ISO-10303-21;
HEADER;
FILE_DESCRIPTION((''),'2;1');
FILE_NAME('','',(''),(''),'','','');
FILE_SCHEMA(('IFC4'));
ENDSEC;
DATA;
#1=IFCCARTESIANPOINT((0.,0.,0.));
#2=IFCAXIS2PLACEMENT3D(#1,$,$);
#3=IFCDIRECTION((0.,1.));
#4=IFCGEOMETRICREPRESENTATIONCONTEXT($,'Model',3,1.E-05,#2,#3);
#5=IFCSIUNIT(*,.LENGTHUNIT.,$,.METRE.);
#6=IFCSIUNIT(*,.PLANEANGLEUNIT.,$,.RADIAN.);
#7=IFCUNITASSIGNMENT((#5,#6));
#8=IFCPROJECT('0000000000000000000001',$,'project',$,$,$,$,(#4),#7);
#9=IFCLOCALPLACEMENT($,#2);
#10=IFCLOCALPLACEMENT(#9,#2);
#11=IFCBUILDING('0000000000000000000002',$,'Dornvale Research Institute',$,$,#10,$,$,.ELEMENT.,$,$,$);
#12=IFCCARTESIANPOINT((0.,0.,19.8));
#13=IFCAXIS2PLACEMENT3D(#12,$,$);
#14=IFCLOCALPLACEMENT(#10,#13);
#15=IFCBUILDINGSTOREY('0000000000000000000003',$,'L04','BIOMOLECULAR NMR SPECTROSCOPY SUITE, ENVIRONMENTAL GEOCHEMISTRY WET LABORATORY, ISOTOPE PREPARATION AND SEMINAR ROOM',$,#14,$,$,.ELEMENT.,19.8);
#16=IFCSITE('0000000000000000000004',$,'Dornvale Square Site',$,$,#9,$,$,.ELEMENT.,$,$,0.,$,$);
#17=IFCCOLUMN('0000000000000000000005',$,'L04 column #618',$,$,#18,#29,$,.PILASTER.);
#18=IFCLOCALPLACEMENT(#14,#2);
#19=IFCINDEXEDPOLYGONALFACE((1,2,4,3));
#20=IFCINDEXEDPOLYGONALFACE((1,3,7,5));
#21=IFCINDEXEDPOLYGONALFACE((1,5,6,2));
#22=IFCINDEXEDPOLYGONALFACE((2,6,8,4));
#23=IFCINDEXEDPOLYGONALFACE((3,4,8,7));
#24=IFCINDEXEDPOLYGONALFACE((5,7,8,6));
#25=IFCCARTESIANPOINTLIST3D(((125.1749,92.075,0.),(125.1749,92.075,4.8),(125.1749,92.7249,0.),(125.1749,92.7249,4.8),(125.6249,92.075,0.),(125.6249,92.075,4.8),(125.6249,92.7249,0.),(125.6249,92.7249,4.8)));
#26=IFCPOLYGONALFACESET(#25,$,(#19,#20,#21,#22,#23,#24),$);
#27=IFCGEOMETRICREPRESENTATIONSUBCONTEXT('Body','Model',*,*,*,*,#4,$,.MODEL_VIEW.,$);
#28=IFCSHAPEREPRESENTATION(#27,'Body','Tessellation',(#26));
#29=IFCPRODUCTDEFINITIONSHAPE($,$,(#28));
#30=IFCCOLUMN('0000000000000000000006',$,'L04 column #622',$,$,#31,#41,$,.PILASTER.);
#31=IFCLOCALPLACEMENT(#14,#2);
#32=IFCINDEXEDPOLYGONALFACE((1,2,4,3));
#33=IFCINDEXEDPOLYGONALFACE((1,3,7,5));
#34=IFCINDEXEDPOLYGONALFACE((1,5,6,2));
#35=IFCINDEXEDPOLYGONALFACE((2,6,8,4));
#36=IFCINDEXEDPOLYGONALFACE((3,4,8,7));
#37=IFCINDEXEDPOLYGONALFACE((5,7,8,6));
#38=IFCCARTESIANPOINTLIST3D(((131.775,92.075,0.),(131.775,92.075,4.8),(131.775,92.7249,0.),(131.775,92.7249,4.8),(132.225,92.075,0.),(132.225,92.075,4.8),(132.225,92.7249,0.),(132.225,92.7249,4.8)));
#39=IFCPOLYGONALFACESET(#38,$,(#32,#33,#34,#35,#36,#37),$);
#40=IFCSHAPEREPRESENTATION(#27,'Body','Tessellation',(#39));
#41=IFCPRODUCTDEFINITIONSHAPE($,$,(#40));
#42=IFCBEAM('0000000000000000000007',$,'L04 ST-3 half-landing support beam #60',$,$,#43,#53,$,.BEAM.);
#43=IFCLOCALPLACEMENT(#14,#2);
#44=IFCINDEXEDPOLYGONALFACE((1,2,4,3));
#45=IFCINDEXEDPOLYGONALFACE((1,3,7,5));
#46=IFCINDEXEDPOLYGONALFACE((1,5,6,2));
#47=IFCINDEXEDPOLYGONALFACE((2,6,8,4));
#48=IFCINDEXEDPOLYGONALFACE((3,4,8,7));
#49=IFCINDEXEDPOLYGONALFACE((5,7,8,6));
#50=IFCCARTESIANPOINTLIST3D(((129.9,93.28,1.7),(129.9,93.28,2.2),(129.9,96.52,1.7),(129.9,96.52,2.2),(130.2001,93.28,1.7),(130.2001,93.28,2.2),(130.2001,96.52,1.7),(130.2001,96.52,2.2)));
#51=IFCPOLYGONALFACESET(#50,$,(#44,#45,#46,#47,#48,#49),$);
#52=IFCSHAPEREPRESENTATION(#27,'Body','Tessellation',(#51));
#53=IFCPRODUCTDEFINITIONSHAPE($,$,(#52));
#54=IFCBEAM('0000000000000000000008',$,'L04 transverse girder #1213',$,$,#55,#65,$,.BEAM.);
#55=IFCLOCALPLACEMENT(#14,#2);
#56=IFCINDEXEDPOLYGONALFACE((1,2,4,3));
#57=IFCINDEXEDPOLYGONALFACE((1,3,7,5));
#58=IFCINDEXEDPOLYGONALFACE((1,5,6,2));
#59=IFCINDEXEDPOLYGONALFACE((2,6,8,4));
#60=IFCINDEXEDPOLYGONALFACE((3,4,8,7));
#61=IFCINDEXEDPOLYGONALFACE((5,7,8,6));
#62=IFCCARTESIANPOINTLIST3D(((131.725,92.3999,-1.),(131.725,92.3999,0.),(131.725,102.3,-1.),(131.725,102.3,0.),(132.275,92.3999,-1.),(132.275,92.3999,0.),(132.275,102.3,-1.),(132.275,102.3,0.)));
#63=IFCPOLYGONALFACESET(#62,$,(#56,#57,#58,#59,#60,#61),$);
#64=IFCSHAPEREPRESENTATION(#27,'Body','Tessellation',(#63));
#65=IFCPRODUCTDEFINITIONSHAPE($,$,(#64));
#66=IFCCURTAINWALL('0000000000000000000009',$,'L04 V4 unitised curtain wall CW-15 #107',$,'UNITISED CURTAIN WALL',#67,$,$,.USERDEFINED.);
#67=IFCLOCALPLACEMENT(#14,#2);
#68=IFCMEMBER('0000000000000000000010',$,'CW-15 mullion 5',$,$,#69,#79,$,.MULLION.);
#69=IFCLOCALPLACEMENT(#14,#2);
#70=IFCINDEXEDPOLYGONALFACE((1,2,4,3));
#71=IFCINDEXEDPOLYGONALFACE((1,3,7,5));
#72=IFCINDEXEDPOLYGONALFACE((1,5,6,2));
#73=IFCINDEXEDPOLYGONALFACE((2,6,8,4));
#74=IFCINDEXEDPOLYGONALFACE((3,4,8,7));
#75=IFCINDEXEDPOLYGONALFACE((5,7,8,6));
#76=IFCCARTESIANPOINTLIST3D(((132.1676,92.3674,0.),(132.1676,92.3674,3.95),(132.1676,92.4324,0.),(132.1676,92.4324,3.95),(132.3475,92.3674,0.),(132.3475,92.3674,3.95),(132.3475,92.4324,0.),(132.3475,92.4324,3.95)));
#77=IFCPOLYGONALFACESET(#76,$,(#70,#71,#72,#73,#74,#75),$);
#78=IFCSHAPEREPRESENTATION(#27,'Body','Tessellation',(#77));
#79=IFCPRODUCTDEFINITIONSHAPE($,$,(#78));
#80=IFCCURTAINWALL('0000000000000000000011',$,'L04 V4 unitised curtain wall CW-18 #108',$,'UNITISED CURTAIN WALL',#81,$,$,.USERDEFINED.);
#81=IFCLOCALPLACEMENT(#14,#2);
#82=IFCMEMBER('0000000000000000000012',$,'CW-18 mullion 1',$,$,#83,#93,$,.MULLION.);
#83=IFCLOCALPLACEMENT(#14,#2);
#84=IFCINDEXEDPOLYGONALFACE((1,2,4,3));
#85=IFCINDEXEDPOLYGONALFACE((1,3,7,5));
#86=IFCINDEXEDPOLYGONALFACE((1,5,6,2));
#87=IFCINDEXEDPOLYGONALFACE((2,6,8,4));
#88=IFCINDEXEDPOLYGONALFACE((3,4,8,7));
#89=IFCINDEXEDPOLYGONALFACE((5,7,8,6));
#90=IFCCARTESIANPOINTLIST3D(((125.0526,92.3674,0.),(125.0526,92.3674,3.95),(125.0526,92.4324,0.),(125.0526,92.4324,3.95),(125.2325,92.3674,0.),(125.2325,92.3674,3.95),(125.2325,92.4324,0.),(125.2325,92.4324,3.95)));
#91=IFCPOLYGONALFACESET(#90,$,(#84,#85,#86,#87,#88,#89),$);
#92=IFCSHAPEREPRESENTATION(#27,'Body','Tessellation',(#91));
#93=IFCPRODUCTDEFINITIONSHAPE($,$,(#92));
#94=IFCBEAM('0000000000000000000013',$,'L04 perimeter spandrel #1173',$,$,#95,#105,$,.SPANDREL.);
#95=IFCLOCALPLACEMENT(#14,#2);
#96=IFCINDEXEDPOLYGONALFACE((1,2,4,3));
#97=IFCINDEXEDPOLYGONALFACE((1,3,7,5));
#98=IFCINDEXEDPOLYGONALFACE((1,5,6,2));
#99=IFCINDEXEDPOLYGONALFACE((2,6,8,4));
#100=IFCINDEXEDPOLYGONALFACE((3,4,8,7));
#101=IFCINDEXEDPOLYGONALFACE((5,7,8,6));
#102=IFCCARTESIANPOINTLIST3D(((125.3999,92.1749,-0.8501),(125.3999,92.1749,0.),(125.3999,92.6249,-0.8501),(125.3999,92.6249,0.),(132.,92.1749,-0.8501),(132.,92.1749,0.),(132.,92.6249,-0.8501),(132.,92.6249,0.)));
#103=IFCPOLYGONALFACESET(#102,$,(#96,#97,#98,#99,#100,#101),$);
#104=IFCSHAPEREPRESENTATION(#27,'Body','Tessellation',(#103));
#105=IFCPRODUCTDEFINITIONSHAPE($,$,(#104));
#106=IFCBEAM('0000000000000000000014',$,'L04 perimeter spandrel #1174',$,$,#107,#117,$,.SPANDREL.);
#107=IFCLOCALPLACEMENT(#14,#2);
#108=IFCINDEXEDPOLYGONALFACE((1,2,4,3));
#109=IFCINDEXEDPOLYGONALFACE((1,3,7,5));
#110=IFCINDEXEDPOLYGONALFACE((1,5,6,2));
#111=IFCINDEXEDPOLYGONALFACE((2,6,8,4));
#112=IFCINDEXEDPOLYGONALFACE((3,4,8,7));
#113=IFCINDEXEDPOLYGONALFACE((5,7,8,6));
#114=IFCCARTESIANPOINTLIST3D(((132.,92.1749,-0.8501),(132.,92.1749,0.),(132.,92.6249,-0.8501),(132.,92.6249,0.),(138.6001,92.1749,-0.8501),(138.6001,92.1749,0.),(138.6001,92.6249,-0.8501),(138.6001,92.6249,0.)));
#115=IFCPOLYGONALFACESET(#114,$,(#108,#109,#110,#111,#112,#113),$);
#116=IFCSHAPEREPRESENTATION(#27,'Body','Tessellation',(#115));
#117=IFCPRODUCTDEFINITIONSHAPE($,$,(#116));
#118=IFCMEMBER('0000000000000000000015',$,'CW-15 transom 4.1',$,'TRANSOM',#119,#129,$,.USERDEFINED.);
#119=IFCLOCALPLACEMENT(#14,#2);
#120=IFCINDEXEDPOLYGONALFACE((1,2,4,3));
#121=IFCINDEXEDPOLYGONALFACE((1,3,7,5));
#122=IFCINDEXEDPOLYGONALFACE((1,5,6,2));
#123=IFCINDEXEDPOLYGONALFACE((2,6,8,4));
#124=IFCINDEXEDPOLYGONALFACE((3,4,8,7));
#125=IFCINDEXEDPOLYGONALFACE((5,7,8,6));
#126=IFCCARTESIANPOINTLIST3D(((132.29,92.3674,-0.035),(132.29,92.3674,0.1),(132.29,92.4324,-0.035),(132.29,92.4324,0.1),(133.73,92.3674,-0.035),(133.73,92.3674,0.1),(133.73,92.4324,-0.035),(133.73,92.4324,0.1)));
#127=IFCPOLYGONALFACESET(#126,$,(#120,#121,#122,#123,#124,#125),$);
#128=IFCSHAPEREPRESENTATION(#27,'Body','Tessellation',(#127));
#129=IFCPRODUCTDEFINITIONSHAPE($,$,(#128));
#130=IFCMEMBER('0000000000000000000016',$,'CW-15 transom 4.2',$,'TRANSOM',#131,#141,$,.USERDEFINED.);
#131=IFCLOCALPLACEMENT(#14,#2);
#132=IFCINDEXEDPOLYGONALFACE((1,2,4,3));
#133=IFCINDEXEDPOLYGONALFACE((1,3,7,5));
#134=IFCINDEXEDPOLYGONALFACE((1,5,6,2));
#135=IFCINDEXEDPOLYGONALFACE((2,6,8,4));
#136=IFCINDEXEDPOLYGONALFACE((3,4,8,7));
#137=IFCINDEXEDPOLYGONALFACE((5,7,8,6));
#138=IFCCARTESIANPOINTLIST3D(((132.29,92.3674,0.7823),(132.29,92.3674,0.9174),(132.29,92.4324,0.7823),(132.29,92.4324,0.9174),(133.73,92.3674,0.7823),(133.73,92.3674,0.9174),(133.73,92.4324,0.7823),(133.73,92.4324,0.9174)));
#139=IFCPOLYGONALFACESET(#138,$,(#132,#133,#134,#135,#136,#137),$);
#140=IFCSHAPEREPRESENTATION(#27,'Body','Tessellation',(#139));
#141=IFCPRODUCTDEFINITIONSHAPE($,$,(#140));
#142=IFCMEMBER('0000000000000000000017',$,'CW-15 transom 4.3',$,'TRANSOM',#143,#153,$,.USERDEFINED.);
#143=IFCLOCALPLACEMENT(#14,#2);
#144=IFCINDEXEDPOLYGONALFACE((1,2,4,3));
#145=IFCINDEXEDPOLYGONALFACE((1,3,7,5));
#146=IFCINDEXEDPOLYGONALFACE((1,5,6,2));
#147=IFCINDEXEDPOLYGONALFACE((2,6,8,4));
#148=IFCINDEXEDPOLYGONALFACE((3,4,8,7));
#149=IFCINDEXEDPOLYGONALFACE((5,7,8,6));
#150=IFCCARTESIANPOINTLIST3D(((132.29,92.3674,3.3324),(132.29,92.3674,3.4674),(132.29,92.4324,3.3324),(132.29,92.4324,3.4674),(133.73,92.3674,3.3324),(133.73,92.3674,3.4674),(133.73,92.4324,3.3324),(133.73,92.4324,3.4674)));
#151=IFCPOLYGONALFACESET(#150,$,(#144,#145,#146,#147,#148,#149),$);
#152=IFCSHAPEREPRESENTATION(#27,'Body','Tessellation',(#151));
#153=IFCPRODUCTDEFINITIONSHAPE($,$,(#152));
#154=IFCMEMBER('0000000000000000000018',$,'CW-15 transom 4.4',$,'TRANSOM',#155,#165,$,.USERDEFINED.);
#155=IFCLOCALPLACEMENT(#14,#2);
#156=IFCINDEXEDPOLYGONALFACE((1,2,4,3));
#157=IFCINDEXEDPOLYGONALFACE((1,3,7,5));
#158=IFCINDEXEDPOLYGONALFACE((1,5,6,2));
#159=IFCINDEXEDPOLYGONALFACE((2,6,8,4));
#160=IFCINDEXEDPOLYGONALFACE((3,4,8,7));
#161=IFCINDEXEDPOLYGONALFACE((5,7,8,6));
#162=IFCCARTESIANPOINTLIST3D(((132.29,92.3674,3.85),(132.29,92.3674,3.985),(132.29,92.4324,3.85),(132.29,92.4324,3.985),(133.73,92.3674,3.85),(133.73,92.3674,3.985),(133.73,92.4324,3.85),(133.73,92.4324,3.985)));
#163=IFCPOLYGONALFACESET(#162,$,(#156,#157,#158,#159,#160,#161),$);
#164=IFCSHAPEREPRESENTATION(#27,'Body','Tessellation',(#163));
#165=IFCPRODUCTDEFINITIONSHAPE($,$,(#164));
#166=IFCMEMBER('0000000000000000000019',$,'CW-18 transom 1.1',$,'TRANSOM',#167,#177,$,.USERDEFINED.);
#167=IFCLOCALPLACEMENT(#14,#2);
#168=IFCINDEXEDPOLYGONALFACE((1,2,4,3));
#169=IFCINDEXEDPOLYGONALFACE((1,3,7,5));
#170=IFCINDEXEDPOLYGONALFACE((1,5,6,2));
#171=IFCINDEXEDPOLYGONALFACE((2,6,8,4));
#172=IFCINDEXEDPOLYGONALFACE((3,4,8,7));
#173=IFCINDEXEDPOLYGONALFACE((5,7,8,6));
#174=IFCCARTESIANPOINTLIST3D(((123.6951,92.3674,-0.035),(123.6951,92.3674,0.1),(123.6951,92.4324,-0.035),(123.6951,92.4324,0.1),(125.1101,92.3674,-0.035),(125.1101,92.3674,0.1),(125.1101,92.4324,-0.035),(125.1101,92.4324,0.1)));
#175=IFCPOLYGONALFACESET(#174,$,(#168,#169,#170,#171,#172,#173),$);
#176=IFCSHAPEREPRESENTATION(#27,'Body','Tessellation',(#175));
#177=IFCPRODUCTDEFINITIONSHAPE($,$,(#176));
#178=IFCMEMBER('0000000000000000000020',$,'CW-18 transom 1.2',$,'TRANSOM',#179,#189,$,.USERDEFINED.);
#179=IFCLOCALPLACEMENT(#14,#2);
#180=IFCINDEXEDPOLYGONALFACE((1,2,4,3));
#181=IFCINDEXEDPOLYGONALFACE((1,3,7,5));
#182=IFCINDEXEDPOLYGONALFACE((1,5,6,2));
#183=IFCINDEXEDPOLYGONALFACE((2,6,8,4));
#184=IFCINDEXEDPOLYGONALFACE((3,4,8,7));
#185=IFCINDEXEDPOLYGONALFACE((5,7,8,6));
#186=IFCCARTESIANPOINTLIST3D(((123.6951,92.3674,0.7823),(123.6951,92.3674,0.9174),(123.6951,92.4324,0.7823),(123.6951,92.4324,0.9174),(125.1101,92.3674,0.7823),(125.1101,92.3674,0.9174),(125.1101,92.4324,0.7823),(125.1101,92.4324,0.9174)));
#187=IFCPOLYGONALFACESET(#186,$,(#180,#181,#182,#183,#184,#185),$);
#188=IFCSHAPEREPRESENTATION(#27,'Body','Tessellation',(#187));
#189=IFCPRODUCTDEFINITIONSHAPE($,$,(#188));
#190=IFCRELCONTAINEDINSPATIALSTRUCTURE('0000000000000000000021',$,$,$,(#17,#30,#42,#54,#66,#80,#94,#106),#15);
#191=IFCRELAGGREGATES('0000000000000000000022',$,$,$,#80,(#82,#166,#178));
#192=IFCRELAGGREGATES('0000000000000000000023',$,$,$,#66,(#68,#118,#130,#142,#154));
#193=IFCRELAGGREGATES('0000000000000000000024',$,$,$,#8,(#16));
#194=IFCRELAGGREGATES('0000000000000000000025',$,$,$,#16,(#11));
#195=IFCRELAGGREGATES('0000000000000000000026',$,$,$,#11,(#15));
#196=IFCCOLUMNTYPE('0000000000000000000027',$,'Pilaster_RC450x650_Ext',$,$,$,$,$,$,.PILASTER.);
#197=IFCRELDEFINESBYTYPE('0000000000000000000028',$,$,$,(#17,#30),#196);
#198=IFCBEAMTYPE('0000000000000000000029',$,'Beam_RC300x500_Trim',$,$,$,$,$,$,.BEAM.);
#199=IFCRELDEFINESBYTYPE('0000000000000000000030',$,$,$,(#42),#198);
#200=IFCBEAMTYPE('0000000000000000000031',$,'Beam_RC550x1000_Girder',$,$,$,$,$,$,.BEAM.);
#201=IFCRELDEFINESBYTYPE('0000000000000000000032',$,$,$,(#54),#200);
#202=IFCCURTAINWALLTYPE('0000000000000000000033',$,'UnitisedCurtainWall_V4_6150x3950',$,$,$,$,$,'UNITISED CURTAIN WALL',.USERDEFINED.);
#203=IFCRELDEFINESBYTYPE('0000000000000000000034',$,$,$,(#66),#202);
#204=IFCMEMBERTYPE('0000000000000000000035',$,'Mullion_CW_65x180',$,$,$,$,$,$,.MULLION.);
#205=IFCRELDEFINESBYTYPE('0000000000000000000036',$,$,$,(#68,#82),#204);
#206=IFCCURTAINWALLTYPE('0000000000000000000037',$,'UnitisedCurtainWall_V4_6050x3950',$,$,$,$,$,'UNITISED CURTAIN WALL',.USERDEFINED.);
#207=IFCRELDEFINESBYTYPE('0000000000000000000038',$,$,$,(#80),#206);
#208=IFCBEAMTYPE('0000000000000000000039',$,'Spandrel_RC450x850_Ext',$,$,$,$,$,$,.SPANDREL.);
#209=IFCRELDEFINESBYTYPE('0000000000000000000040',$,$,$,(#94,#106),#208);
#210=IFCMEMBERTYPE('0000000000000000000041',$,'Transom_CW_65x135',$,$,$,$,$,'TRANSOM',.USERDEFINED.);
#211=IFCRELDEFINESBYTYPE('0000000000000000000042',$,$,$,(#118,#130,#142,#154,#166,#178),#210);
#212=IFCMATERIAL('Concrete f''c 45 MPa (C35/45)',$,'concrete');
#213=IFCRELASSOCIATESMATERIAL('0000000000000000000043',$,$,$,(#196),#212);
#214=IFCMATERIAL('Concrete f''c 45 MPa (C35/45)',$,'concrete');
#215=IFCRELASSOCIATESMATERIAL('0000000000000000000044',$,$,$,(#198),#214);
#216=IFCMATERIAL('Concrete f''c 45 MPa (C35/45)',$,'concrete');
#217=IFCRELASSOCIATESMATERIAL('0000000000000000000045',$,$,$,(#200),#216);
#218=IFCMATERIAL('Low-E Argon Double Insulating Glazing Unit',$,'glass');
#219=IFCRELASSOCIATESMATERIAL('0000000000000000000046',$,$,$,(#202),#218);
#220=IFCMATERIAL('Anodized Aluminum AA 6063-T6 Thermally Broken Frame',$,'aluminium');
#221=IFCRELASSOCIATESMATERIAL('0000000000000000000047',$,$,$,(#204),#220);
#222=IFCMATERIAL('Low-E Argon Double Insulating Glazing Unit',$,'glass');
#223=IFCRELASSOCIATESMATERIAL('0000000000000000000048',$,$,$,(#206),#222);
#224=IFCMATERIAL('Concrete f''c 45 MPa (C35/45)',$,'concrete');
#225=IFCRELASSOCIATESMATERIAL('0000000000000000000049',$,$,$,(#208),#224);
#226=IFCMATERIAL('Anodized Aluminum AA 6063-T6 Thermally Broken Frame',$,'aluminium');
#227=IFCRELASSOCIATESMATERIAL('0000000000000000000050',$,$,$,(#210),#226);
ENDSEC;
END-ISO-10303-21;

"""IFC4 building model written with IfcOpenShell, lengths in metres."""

from ifc_helpers import new_model, si_unit, direction, frame, origin, origin_2d, place, context, subcontext, project, spatial, rectangle, extrude, material, material_profile, profile_set, type_object, element, aggregate, save


model = new_model("IFC4")

# Units and contexts
model_context = context("Model", 3, precision=1e-05, world=origin(), true_north=direction((0.0, 1.0)))
body_context = subcontext(model_context, "Body", "Model", "MODEL_VIEW")
ifc_project = project(units=[si_unit("LENGTHUNIT", "METRE"), si_unit("PLANEANGLEUNIT", "RADIAN")], contexts=[model_context])

# Site, building, storey
site_placement = place(None, origin())
site = spatial("IfcSite", under=ifc_project, at=site_placement, Name="Dornvale Square Site", CompositionType="ELEMENT", RefElevation=0.0)
building_placement = place(site_placement, origin())
building = spatial("IfcBuilding", under=site, at=building_placement, Name="Dornvale Research Institute", CompositionType="ELEMENT")
storey_placement = place(building_placement, frame((0.0, 0.0, 19.8)))
storey = spatial("IfcBuildingStorey", under=building, at=storey_placement, Name="L04", Description="BIOMOLECULAR NMR SPECTROSCOPY SUITE, ENVIRONMENTAL GEOCHEMISTRY WET LABORATORY, ISOTOPE PREPARATION AND SEMINAR ROOM", CompositionType="ELEMENT", Elevation=19.8)

# Columns
ifc_material_1 = material(Name="Concrete f'c 45 MPa (C35/45)", Category="concrete")
ifc_material_profile_1 = material_profile(ifc_material_1, rectangle(XDim=0.45, YDim=0.6499, at=origin_2d()), Name="RC 450x650")
ifc_profile_set_1 = profile_set([ifc_material_profile_1], Name="Concrete f'c 45 MPa (C35/45)")
column_type = type_object("IfcColumnType", Name="Pilaster_RC450x650_Ext", PredefinedType="PILASTER", material=ifc_profile_set_1)
for number, where, z_axis, x_axis, name in (
    (1, (125.3999, 92.3999, 0.0), (0.0, 0.0, 1.0), (1.0, 0.0, 0.0), "L04 column #618"),
    (2, (132.0, 92.3999, 0.0), (0.0, 0.0, 1.0), (1.0, 0.0, 0.0), "L04 column #622"),
):
    element("IfcColumn", number, at=place(storey_placement, frame(where, z_axis=z_axis, x_axis=x_axis)), inside=storey, type_object=column_type, Name=name, PredefinedType="PILASTER", context=body_context, shape_type="SweptSolid", body=[
        extrude(rectangle(XDim=0.45, YDim=0.6499, at=origin_2d()), origin(), (0.0, 0.0, 1.0), 4.8),
    ])

# Beams
ifc_material_2 = material(Name="Concrete f'c 45 MPa (C35/45)", Category="concrete")
ifc_material_profile_2 = material_profile(ifc_material_2, rectangle(XDim=0.3, YDim=0.5, at=origin_2d()), Name="RC 300x500")
ifc_profile_set_2 = profile_set([ifc_material_profile_2], Name="Concrete f'c 45 MPa (C35/45)")
beam_type_1 = type_object("IfcBeamType", Name="Beam_RC300x500_Trim", PredefinedType="BEAM", material=ifc_profile_set_2)
beam_1_placement = place(storey_placement, frame((130.05, 93.28, 1.95), z_axis=(0.0, 1.0, 0.0), x_axis=(-1.0, 0.0, 0.0)))
element("IfcBeam", 3, at=beam_1_placement, inside=storey, type_object=beam_type_1, Name="L04 ST-3 half-landing support beam #60", PredefinedType="BEAM", context=body_context, shape_type="SweptSolid", body=[
    extrude(rectangle(XDim=0.3, YDim=0.5, at=origin_2d()), origin(), (0.0, 0.0, 1.0), 3.24),
])
ifc_material_3 = material(Name="Concrete f'c 45 MPa (C35/45)", Category="concrete")
ifc_material_profile_3 = material_profile(ifc_material_3, rectangle(XDim=0.55, YDim=1.0, at=origin_2d()), Name="RC 550x1000")
ifc_profile_set_3 = profile_set([ifc_material_profile_3], Name="Concrete f'c 45 MPa (C35/45)")
beam_type_2 = type_object("IfcBeamType", Name="Beam_RC550x1000_Girder", PredefinedType="BEAM", material=ifc_profile_set_3)
beam_2_placement = place(storey_placement, frame((132.0, 92.3999, -0.5), z_axis=(0.0, 1.0, 0.0), x_axis=(-1.0, 0.0, 0.0)))
element("IfcBeam", 4, at=beam_2_placement, inside=storey, type_object=beam_type_2, Name="L04 transverse girder #1213", PredefinedType="BEAM", context=body_context, shape_type="SweptSolid", body=[
    extrude(rectangle(XDim=0.55, YDim=1.0, at=origin_2d()), origin(), (0.0, 0.0, 1.0), 9.9001),
])

# Curtain walls, members
ifc_material_4 = material(Name="Low-E Argon Double Insulating Glazing Unit", Category="glass")
curtain_wall_type_1 = type_object("IfcCurtainWallType", Name="UnitisedCurtainWall_V4_6150x3950", ElementType="UNITISED CURTAIN WALL", PredefinedType="USERDEFINED", material=ifc_material_4)
curtain_wall_1_placement = place(storey_placement, origin())
curtain_wall_1 = element("IfcCurtainWall", 5, at=curtain_wall_1_placement, inside=storey, type_object=curtain_wall_type_1, Name="L04 V4 unitised curtain wall CW-15 #107", ObjectType="UNITISED CURTAIN WALL", PredefinedType="USERDEFINED")
ifc_material_5 = material(Name="Anodized Aluminum AA 6063-T6 Thermally Broken Frame", Category="aluminium")
ifc_material_profile_4 = material_profile(ifc_material_5, rectangle(XDim=0.0649, YDim=0.1799, at=origin_2d()), Name="ALU MULLION 65x180")
ifc_profile_set_4 = profile_set([ifc_material_profile_4], Name="Anodized Aluminum AA 6063-T6 Thermally Broken Frame")
member_type_1 = type_object("IfcMemberType", Name="Mullion_CW_65x180", PredefinedType="MULLION", material=ifc_profile_set_4)
member_1_placement = place(storey_placement, frame((132.2576, 92.3999, 0.0), z_axis=(0.0, 0.0, 1.0), x_axis=(0.0, -1.0, 0.0)))
member_1 = element("IfcMember", 6, at=member_1_placement, type_object=member_type_1, Name="CW-15 mullion 5", PredefinedType="MULLION", context=body_context, shape_type="SweptSolid", body=[
    extrude(rectangle(XDim=0.0649, YDim=0.1799, at=origin_2d()), origin(), (0.0, 0.0, 1.0), 3.95),
])
ifc_material_6 = material(Name="Low-E Argon Double Insulating Glazing Unit", Category="glass")
curtain_wall_type_2 = type_object("IfcCurtainWallType", Name="UnitisedCurtainWall_V4_6050x3950", ElementType="UNITISED CURTAIN WALL", PredefinedType="USERDEFINED", material=ifc_material_6)
curtain_wall_2_placement = place(storey_placement, origin())
curtain_wall_2 = element("IfcCurtainWall", 7, at=curtain_wall_2_placement, inside=storey, type_object=curtain_wall_type_2, Name="L04 V4 unitised curtain wall CW-18 #108", ObjectType="UNITISED CURTAIN WALL", PredefinedType="USERDEFINED")
member_2_placement = place(storey_placement, frame((125.1426, 92.3999, 0.0), z_axis=(0.0, 0.0, 1.0), x_axis=(0.0, -1.0, 0.0)))
member_2 = element("IfcMember", 8, at=member_2_placement, type_object=member_type_1, Name="CW-18 mullion 1", PredefinedType="MULLION", context=body_context, shape_type="SweptSolid", body=[
    extrude(rectangle(XDim=0.0649, YDim=0.1799, at=origin_2d()), origin(), (0.0, 0.0, 1.0), 3.95),
])

# Beams
ifc_material_7 = material(Name="Concrete f'c 45 MPa (C35/45)", Category="concrete")
ifc_material_profile_5 = material_profile(ifc_material_7, rectangle(XDim=0.45, YDim=0.8501, at=origin_2d()), Name="RC 450x850")
ifc_profile_set_5 = profile_set([ifc_material_profile_5], Name="Concrete f'c 45 MPa (C35/45)")
beam_type_3 = type_object("IfcBeamType", Name="Spandrel_RC450x850_Ext", PredefinedType="SPANDREL", material=ifc_profile_set_5)
for number, where, z_axis, x_axis, name in (
    (9, (125.3999, 92.3999, -0.425), (1.0, 0.0, 0.0), (0.0, 1.0, 0.0), "L04 perimeter spandrel #1173"),
    (10, (132.0, 92.3999, -0.425), (1.0, 0.0, 0.0), (0.0, 1.0, 0.0), "L04 perimeter spandrel #1174"),
):
    element("IfcBeam", number, at=place(storey_placement, frame(where, z_axis=z_axis, x_axis=x_axis)), inside=storey, type_object=beam_type_3, Name=name, PredefinedType="SPANDREL", context=body_context, shape_type="SweptSolid", body=[
        extrude(rectangle(XDim=0.45, YDim=0.8501, at=origin_2d()), origin(), (0.0, 0.0, 1.0), 6.6001),
    ])

# Members
ifc_material_8 = material(Name="Anodized Aluminum AA 6063-T6 Thermally Broken Frame", Category="aluminium")
ifc_material_profile_6 = material_profile(ifc_material_8, rectangle(XDim=0.0649, YDim=0.135, at=origin_2d()), Name="ALU TRANSOM 65x135")
ifc_profile_set_6 = profile_set([ifc_material_profile_6], Name="Anodized Aluminum AA 6063-T6 Thermally Broken Frame")
member_type_2 = type_object("IfcMemberType", Name="Transom_CW_65x135", ElementType="TRANSOM", PredefinedType="USERDEFINED", material=ifc_profile_set_6)
member_3_placement = place(storey_placement, frame((133.73, 92.3999, 0.0325), z_axis=(-1.0, 0.0, 0.0), x_axis=(0.0, -1.0, 0.0)))
member_3 = element("IfcMember", 11, at=member_3_placement, type_object=member_type_2, Name="CW-15 transom 4.1", ObjectType="TRANSOM", PredefinedType="USERDEFINED", context=body_context, shape_type="SweptSolid", body=[
    extrude(rectangle(XDim=0.0649, YDim=0.135, at=origin_2d()), origin(), (0.0, 0.0, 1.0), 1.4399),
])
member_4_placement = place(storey_placement, frame((133.73, 92.3999, 0.8499), z_axis=(-1.0, 0.0, 0.0), x_axis=(0.0, -1.0, 0.0)))
member_4 = element("IfcMember", 12, at=member_4_placement, type_object=member_type_2, Name="CW-15 transom 4.2", ObjectType="TRANSOM", PredefinedType="USERDEFINED", context=body_context, shape_type="SweptSolid", body=[
    extrude(rectangle(XDim=0.0649, YDim=0.135, at=origin_2d()), origin(), (0.0, 0.0, 1.0), 1.4399),
])
member_5_placement = place(storey_placement, frame((133.73, 92.3999, 3.3999), z_axis=(-1.0, 0.0, 0.0), x_axis=(0.0, -1.0, 0.0)))
member_5 = element("IfcMember", 13, at=member_5_placement, type_object=member_type_2, Name="CW-15 transom 4.3", ObjectType="TRANSOM", PredefinedType="USERDEFINED", context=body_context, shape_type="SweptSolid", body=[
    extrude(rectangle(XDim=0.0649, YDim=0.135, at=origin_2d()), origin(), (0.0, 0.0, 1.0), 1.4399),
])
member_6_placement = place(storey_placement, frame((133.73, 92.3999, 3.9175), z_axis=(-1.0, 0.0, 0.0), x_axis=(0.0, -1.0, 0.0)))
member_6 = element("IfcMember", 14, at=member_6_placement, type_object=member_type_2, Name="CW-15 transom 4.4", ObjectType="TRANSOM", PredefinedType="USERDEFINED", context=body_context, shape_type="SweptSolid", body=[
    extrude(rectangle(XDim=0.0649, YDim=0.135, at=origin_2d()), origin(), (0.0, 0.0, 1.0), 1.4399),
])
member_7_placement = place(storey_placement, frame((125.1101, 92.3999, 0.0325), z_axis=(-1.0, 0.0, 0.0), x_axis=(0.0, -1.0, 0.0)))
member_7 = element("IfcMember", 15, at=member_7_placement, type_object=member_type_2, Name="CW-18 transom 1.1", ObjectType="TRANSOM", PredefinedType="USERDEFINED", context=body_context, shape_type="SweptSolid", body=[
    extrude(rectangle(XDim=0.0649, YDim=0.135, at=origin_2d()), origin(), (0.0, 0.0, 1.0), 1.415),
])
member_8_placement = place(storey_placement, frame((125.1101, 92.3999, 0.8499), z_axis=(-1.0, 0.0, 0.0), x_axis=(0.0, -1.0, 0.0)))
member_8 = element("IfcMember", 16, at=member_8_placement, type_object=member_type_2, Name="CW-18 transom 1.2", ObjectType="TRANSOM", PredefinedType="USERDEFINED", context=body_context, shape_type="SweptSolid", body=[
    extrude(rectangle(XDim=0.0649, YDim=0.135, at=origin_2d()), origin(), (0.0, 0.0, 1.0), 1.415),
])
aggregate(curtain_wall_2, [member_2, member_7, member_8])

aggregate(curtain_wall_1, [member_1, member_3, member_4, member_5, member_6])

save(model, "model.ifc")
